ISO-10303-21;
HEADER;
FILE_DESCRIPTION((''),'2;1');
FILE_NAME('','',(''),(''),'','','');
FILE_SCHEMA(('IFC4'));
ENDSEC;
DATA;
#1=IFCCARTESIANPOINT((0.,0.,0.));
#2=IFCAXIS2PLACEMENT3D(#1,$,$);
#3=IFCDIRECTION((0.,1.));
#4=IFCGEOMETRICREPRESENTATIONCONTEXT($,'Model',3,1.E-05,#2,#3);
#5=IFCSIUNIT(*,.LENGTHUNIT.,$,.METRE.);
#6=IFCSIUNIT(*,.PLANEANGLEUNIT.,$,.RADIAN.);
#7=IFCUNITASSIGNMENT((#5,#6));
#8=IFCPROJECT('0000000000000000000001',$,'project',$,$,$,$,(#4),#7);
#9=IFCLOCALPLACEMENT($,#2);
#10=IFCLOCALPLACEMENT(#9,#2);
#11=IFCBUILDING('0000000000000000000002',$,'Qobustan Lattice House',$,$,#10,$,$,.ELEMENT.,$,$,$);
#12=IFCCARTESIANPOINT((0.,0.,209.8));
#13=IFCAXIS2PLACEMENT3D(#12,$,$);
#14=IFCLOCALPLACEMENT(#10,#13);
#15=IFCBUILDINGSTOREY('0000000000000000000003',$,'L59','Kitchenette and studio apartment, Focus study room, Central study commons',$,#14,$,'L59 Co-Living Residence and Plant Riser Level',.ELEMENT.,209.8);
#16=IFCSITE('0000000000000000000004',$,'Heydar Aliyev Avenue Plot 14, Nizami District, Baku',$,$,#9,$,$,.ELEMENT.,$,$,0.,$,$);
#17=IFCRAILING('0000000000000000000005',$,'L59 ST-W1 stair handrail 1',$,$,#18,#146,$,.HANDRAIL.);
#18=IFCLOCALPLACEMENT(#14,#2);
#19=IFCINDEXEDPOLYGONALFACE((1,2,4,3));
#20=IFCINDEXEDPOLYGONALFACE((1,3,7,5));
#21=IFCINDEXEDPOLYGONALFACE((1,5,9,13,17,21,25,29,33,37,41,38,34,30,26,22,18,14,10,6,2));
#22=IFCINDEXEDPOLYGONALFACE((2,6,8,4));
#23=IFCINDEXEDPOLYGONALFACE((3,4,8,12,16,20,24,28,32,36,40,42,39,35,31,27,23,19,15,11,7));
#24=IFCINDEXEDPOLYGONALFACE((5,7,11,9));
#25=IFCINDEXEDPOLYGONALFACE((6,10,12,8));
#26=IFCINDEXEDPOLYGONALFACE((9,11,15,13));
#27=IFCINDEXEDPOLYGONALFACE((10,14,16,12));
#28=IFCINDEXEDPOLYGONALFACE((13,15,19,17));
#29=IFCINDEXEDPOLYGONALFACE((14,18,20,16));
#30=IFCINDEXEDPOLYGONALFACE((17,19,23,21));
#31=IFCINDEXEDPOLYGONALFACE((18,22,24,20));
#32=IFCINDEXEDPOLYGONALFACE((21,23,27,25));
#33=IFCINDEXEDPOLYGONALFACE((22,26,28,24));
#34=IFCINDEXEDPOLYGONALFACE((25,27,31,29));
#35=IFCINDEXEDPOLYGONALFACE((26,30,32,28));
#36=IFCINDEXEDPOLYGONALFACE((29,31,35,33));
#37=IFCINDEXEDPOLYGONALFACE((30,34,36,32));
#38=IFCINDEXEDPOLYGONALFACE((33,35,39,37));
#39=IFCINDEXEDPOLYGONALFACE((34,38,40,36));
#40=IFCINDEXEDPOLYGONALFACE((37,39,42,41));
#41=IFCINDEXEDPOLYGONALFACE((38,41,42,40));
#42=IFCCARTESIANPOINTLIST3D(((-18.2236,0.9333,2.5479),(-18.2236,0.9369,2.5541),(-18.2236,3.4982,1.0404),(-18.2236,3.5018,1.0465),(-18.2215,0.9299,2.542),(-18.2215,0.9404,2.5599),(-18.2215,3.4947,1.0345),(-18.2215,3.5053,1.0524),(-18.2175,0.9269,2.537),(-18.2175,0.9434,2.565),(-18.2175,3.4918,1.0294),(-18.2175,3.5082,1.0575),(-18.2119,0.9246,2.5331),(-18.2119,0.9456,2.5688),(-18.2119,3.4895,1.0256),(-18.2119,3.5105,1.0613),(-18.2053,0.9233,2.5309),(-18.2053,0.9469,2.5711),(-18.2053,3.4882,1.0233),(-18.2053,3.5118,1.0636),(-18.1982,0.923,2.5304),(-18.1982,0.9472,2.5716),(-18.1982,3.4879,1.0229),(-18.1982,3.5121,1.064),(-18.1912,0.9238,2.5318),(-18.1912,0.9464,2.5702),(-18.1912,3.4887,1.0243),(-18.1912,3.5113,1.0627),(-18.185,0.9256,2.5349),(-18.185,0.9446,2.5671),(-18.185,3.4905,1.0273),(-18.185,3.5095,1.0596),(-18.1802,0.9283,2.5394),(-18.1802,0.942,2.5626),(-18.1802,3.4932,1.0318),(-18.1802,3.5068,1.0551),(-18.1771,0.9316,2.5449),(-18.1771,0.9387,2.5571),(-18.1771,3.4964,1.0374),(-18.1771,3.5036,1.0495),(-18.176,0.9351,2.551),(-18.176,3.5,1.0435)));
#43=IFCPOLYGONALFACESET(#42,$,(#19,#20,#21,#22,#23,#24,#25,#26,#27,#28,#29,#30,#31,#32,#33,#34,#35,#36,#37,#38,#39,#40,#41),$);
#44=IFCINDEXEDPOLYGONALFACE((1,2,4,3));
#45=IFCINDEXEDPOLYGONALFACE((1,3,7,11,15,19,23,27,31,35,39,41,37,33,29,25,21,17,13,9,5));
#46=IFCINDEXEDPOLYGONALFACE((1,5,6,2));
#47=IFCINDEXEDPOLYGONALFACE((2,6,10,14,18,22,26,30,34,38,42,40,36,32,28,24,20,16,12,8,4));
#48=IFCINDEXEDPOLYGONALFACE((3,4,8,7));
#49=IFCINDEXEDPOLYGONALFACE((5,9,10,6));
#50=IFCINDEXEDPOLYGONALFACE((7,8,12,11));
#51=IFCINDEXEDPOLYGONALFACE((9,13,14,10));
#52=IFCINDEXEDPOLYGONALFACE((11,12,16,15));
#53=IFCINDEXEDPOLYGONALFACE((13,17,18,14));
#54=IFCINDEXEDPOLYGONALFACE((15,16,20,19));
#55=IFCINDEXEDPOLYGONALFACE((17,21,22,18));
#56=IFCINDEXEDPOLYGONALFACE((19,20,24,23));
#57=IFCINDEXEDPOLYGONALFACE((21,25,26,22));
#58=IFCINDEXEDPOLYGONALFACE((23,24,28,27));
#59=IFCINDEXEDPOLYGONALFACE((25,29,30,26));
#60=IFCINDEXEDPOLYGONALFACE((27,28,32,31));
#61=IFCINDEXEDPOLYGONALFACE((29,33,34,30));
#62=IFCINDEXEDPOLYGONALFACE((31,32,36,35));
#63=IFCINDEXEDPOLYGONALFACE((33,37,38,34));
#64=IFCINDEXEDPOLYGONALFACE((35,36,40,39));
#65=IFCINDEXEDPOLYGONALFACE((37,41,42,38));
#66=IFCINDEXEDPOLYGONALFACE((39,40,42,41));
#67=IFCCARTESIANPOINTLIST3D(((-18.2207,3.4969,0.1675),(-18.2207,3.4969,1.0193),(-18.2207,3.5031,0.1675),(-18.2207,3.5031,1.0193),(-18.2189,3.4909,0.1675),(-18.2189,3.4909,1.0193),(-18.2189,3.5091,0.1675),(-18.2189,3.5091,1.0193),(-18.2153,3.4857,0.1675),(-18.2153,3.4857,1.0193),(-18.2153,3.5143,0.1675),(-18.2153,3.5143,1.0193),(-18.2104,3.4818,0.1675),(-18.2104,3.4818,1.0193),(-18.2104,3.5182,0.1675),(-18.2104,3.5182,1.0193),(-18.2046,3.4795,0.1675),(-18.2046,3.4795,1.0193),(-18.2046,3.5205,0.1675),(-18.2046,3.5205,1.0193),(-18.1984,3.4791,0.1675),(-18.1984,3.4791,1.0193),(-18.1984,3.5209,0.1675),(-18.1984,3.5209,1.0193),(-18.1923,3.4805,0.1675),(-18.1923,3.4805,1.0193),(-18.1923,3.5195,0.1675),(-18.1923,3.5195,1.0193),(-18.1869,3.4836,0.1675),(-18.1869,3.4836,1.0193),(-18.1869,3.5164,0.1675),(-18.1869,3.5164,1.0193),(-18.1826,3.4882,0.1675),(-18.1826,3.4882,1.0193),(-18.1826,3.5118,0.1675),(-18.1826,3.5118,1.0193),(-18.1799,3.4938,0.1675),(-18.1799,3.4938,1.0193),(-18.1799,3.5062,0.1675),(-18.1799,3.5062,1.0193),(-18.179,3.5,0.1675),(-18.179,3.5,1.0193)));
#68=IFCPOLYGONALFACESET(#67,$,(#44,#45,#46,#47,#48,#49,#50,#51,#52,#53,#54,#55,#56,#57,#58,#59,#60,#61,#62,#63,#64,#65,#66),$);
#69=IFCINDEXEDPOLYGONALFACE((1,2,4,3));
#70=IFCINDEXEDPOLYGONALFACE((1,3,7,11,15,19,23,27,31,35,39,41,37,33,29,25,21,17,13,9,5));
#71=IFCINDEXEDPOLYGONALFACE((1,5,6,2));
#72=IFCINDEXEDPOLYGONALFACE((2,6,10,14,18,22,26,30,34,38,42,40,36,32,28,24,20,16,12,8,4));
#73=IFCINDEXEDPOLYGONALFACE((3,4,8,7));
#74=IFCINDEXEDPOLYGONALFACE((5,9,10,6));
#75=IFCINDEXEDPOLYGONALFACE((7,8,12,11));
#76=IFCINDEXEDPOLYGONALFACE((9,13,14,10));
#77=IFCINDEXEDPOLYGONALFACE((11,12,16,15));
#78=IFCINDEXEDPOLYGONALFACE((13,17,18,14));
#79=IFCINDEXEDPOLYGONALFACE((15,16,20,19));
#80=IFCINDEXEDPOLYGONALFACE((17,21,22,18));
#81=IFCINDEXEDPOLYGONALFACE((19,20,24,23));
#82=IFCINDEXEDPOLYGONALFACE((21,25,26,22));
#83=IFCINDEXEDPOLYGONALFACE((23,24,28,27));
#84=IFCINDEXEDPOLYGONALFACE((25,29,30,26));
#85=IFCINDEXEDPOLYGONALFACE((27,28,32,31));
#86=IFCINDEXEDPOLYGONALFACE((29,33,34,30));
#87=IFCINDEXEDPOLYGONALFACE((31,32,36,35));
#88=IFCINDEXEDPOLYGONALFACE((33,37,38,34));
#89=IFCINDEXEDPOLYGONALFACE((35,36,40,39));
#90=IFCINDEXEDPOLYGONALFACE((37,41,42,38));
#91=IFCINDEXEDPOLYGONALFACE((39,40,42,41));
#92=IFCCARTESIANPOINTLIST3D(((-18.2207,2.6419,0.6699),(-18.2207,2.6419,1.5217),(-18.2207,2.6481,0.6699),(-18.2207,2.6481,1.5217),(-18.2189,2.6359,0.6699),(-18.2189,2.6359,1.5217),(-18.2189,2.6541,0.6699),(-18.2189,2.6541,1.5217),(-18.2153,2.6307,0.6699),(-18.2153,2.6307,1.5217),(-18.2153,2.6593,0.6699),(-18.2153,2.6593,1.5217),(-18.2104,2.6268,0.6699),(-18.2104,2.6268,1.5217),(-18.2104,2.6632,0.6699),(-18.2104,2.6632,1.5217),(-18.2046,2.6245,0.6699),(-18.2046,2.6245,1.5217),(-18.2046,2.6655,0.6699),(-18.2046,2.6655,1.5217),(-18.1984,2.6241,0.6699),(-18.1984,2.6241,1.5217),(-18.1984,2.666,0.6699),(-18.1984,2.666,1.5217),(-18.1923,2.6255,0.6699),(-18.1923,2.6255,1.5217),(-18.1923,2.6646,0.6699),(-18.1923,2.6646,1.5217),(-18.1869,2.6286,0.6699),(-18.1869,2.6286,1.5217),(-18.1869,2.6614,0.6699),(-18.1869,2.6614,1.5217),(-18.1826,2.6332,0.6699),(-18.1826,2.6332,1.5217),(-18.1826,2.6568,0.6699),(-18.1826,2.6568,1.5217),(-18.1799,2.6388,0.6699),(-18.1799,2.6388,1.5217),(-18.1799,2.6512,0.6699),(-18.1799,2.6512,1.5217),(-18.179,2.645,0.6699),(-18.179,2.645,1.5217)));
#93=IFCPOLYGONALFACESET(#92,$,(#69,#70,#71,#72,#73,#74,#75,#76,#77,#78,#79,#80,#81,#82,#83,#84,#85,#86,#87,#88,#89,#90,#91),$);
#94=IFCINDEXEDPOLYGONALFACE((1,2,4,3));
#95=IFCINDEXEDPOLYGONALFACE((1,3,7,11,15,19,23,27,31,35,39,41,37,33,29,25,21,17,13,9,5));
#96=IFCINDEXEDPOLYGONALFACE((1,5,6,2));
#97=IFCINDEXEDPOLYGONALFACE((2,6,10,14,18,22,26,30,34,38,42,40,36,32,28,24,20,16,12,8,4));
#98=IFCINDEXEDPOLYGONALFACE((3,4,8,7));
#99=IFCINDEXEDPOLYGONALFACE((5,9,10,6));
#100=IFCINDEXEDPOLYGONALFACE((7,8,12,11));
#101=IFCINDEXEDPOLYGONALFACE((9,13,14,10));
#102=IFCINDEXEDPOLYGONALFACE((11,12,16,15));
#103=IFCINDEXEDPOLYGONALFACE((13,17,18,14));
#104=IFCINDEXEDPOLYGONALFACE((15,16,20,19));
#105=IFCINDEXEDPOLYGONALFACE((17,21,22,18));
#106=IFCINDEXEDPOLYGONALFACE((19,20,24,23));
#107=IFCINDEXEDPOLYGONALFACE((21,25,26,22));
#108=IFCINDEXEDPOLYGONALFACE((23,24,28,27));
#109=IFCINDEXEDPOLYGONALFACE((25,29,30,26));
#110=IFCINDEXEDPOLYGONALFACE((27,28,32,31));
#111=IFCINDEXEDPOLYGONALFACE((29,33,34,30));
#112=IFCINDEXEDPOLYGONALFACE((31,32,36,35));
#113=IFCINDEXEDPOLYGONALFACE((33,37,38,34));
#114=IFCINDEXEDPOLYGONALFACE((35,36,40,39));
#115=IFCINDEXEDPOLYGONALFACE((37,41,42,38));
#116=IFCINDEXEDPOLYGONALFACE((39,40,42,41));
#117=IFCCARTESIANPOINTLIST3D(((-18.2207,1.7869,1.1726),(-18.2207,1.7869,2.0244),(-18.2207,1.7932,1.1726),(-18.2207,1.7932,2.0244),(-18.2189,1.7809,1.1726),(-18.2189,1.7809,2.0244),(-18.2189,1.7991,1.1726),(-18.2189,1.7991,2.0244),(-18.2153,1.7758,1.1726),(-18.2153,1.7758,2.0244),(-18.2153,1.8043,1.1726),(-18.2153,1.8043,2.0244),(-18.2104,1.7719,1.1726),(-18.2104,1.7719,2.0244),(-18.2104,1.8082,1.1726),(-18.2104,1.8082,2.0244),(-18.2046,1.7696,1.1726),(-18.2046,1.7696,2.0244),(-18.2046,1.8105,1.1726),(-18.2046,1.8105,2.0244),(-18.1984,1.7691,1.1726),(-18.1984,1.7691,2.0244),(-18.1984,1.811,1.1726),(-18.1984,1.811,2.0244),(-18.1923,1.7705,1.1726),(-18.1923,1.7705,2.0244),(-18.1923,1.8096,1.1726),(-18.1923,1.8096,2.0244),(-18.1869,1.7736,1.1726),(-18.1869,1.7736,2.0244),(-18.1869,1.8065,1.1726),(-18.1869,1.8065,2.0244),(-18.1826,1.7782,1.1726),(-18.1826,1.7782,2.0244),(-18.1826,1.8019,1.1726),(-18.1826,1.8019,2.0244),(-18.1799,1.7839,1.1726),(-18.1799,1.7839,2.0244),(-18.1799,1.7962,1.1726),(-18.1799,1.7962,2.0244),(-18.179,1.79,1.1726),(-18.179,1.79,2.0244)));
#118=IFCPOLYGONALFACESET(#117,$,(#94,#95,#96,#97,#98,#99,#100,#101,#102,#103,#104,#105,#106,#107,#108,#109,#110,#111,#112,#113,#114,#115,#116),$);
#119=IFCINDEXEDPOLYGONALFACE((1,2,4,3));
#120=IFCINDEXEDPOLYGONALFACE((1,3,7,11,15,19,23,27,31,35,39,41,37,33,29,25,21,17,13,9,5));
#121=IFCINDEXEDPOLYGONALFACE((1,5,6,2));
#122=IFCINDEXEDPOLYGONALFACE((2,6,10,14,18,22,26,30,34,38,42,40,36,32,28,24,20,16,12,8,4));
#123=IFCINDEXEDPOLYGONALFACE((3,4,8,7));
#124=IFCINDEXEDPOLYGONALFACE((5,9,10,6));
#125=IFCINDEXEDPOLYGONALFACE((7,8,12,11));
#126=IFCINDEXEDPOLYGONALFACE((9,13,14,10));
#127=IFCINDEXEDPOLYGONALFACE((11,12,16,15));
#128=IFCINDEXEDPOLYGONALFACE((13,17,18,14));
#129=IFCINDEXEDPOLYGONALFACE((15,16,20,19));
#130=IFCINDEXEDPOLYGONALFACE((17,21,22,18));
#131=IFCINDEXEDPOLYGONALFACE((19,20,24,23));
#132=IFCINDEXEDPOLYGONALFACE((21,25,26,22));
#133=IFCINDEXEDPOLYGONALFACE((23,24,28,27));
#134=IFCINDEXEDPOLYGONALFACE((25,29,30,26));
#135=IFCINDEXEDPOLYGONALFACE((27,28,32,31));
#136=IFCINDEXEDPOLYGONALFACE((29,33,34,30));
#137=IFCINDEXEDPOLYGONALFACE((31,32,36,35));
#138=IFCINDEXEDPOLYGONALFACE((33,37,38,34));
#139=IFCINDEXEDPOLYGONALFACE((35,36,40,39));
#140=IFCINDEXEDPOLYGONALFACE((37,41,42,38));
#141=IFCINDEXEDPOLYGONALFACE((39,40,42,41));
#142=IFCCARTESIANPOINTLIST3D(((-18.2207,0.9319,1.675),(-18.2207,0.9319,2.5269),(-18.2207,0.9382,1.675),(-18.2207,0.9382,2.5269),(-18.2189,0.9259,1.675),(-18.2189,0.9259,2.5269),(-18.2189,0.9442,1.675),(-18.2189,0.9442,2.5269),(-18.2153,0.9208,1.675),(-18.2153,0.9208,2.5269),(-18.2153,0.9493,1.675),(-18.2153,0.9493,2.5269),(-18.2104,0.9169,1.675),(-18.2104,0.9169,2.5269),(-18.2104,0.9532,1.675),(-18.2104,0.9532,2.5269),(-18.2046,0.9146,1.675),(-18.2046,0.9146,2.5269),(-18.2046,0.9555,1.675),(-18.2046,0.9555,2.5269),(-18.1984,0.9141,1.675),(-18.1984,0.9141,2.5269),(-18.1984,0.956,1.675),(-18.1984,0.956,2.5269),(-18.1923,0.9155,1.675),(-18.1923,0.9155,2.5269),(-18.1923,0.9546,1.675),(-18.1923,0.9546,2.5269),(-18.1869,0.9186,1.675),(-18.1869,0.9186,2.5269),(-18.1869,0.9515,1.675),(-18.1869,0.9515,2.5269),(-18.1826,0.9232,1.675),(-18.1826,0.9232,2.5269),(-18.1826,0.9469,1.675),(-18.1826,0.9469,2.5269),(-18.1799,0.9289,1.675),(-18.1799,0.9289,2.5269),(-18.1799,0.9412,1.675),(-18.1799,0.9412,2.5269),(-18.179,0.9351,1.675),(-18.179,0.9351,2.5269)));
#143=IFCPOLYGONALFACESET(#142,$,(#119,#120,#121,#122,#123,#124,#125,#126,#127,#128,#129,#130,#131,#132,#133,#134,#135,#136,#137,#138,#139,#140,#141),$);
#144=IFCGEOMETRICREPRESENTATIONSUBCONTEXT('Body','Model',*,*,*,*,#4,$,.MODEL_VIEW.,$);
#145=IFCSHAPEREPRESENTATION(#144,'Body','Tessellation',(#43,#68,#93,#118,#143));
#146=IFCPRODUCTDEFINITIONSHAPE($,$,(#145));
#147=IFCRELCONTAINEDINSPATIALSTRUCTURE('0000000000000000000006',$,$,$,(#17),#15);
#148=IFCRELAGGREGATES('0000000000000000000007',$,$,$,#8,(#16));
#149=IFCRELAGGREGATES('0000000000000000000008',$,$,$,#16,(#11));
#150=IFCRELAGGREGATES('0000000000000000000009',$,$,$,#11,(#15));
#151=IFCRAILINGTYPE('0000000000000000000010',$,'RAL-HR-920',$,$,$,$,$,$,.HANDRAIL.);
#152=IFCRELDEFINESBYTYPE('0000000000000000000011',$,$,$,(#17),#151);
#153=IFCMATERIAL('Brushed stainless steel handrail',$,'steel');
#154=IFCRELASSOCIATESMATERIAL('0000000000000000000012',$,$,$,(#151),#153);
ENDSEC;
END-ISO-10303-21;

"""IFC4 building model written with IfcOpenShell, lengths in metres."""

from ifc_helpers import new_model, si_unit, direction, frame, origin, origin_2d, place, context, subcontext, project, spatial, circle, extrude, material, type_object, element, save


model = new_model("IFC4")

# Units and contexts
model_context = context("Model", 3, precision=1e-05, world=origin(), true_north=direction((0.0, 1.0)))
body_context = subcontext(model_context, "Body", "Model", "MODEL_VIEW")
ifc_project = project(units=[si_unit("LENGTHUNIT", "METRE"), si_unit("PLANEANGLEUNIT", "RADIAN")], contexts=[model_context])

# Site, building, storey
site_placement = place(None, origin())
site = spatial("IfcSite", under=ifc_project, at=site_placement, Name="Heydar Aliyev Avenue Plot 14, Nizami District, Baku", CompositionType="ELEMENT", RefElevation=0.0)
building_placement = place(site_placement, origin())
building = spatial("IfcBuilding", under=site, at=building_placement, Name="Qobustan Lattice House", CompositionType="ELEMENT")
storey_placement = place(building_placement, frame((0.0, 0.0, 209.8)))
storey = spatial("IfcBuildingStorey", under=building, at=storey_placement, Name="L59", Description="Kitchenette and studio apartment, Focus study room, Central study commons", LongName="L59 Co-Living Residence and Plant Riser Level", CompositionType="ELEMENT", Elevation=209.8)

# Railing
ifc_material_1 = material(Name="Brushed stainless steel handrail", Category="steel")
railing_type_1 = type_object("IfcRailingType", Name="RAL-HR-920", PredefinedType="HANDRAIL", material=ifc_material_1)
railing_1_placement = place(storey_placement, frame((-18.2, 3.5, 0.1675)))
element("IfcRailing", 1, at=railing_1_placement, inside=storey, type_object=railing_type_1, Name="L59 ST-W1 stair handrail 1", PredefinedType="HANDRAIL", context=body_context, shape_type="SweptSolid", body=[
    extrude(circle(Radius=0.0239, at=origin_2d()), frame((0.0, 0.0, 0.876), z_axis=(0.0, -0.862113, 0.506715), x_axis=(1.0, 0.0, 0.0)), (0.0, 0.0, 1.0), 2.9751),
    extrude(circle(Radius=0.021, at=origin_2d()), origin(), (0.0, 0.0, 1.0), 0.8518),
    extrude(circle(Radius=0.021, at=origin_2d()), frame((0.0, -0.855, 0.5024)), (0.0, 0.0, 1.0), 0.8518),
    extrude(circle(Radius=0.021, at=origin_2d()), frame((0.0, -1.71, 1.0051)), (0.0, 0.0, 1.0), 0.8518),
    extrude(circle(Radius=0.021, at=origin_2d()), frame((0.0, -2.5649, 1.5076)), (0.0, 0.0, 1.0), 0.8518),
])

save(model, "model.ifc")
